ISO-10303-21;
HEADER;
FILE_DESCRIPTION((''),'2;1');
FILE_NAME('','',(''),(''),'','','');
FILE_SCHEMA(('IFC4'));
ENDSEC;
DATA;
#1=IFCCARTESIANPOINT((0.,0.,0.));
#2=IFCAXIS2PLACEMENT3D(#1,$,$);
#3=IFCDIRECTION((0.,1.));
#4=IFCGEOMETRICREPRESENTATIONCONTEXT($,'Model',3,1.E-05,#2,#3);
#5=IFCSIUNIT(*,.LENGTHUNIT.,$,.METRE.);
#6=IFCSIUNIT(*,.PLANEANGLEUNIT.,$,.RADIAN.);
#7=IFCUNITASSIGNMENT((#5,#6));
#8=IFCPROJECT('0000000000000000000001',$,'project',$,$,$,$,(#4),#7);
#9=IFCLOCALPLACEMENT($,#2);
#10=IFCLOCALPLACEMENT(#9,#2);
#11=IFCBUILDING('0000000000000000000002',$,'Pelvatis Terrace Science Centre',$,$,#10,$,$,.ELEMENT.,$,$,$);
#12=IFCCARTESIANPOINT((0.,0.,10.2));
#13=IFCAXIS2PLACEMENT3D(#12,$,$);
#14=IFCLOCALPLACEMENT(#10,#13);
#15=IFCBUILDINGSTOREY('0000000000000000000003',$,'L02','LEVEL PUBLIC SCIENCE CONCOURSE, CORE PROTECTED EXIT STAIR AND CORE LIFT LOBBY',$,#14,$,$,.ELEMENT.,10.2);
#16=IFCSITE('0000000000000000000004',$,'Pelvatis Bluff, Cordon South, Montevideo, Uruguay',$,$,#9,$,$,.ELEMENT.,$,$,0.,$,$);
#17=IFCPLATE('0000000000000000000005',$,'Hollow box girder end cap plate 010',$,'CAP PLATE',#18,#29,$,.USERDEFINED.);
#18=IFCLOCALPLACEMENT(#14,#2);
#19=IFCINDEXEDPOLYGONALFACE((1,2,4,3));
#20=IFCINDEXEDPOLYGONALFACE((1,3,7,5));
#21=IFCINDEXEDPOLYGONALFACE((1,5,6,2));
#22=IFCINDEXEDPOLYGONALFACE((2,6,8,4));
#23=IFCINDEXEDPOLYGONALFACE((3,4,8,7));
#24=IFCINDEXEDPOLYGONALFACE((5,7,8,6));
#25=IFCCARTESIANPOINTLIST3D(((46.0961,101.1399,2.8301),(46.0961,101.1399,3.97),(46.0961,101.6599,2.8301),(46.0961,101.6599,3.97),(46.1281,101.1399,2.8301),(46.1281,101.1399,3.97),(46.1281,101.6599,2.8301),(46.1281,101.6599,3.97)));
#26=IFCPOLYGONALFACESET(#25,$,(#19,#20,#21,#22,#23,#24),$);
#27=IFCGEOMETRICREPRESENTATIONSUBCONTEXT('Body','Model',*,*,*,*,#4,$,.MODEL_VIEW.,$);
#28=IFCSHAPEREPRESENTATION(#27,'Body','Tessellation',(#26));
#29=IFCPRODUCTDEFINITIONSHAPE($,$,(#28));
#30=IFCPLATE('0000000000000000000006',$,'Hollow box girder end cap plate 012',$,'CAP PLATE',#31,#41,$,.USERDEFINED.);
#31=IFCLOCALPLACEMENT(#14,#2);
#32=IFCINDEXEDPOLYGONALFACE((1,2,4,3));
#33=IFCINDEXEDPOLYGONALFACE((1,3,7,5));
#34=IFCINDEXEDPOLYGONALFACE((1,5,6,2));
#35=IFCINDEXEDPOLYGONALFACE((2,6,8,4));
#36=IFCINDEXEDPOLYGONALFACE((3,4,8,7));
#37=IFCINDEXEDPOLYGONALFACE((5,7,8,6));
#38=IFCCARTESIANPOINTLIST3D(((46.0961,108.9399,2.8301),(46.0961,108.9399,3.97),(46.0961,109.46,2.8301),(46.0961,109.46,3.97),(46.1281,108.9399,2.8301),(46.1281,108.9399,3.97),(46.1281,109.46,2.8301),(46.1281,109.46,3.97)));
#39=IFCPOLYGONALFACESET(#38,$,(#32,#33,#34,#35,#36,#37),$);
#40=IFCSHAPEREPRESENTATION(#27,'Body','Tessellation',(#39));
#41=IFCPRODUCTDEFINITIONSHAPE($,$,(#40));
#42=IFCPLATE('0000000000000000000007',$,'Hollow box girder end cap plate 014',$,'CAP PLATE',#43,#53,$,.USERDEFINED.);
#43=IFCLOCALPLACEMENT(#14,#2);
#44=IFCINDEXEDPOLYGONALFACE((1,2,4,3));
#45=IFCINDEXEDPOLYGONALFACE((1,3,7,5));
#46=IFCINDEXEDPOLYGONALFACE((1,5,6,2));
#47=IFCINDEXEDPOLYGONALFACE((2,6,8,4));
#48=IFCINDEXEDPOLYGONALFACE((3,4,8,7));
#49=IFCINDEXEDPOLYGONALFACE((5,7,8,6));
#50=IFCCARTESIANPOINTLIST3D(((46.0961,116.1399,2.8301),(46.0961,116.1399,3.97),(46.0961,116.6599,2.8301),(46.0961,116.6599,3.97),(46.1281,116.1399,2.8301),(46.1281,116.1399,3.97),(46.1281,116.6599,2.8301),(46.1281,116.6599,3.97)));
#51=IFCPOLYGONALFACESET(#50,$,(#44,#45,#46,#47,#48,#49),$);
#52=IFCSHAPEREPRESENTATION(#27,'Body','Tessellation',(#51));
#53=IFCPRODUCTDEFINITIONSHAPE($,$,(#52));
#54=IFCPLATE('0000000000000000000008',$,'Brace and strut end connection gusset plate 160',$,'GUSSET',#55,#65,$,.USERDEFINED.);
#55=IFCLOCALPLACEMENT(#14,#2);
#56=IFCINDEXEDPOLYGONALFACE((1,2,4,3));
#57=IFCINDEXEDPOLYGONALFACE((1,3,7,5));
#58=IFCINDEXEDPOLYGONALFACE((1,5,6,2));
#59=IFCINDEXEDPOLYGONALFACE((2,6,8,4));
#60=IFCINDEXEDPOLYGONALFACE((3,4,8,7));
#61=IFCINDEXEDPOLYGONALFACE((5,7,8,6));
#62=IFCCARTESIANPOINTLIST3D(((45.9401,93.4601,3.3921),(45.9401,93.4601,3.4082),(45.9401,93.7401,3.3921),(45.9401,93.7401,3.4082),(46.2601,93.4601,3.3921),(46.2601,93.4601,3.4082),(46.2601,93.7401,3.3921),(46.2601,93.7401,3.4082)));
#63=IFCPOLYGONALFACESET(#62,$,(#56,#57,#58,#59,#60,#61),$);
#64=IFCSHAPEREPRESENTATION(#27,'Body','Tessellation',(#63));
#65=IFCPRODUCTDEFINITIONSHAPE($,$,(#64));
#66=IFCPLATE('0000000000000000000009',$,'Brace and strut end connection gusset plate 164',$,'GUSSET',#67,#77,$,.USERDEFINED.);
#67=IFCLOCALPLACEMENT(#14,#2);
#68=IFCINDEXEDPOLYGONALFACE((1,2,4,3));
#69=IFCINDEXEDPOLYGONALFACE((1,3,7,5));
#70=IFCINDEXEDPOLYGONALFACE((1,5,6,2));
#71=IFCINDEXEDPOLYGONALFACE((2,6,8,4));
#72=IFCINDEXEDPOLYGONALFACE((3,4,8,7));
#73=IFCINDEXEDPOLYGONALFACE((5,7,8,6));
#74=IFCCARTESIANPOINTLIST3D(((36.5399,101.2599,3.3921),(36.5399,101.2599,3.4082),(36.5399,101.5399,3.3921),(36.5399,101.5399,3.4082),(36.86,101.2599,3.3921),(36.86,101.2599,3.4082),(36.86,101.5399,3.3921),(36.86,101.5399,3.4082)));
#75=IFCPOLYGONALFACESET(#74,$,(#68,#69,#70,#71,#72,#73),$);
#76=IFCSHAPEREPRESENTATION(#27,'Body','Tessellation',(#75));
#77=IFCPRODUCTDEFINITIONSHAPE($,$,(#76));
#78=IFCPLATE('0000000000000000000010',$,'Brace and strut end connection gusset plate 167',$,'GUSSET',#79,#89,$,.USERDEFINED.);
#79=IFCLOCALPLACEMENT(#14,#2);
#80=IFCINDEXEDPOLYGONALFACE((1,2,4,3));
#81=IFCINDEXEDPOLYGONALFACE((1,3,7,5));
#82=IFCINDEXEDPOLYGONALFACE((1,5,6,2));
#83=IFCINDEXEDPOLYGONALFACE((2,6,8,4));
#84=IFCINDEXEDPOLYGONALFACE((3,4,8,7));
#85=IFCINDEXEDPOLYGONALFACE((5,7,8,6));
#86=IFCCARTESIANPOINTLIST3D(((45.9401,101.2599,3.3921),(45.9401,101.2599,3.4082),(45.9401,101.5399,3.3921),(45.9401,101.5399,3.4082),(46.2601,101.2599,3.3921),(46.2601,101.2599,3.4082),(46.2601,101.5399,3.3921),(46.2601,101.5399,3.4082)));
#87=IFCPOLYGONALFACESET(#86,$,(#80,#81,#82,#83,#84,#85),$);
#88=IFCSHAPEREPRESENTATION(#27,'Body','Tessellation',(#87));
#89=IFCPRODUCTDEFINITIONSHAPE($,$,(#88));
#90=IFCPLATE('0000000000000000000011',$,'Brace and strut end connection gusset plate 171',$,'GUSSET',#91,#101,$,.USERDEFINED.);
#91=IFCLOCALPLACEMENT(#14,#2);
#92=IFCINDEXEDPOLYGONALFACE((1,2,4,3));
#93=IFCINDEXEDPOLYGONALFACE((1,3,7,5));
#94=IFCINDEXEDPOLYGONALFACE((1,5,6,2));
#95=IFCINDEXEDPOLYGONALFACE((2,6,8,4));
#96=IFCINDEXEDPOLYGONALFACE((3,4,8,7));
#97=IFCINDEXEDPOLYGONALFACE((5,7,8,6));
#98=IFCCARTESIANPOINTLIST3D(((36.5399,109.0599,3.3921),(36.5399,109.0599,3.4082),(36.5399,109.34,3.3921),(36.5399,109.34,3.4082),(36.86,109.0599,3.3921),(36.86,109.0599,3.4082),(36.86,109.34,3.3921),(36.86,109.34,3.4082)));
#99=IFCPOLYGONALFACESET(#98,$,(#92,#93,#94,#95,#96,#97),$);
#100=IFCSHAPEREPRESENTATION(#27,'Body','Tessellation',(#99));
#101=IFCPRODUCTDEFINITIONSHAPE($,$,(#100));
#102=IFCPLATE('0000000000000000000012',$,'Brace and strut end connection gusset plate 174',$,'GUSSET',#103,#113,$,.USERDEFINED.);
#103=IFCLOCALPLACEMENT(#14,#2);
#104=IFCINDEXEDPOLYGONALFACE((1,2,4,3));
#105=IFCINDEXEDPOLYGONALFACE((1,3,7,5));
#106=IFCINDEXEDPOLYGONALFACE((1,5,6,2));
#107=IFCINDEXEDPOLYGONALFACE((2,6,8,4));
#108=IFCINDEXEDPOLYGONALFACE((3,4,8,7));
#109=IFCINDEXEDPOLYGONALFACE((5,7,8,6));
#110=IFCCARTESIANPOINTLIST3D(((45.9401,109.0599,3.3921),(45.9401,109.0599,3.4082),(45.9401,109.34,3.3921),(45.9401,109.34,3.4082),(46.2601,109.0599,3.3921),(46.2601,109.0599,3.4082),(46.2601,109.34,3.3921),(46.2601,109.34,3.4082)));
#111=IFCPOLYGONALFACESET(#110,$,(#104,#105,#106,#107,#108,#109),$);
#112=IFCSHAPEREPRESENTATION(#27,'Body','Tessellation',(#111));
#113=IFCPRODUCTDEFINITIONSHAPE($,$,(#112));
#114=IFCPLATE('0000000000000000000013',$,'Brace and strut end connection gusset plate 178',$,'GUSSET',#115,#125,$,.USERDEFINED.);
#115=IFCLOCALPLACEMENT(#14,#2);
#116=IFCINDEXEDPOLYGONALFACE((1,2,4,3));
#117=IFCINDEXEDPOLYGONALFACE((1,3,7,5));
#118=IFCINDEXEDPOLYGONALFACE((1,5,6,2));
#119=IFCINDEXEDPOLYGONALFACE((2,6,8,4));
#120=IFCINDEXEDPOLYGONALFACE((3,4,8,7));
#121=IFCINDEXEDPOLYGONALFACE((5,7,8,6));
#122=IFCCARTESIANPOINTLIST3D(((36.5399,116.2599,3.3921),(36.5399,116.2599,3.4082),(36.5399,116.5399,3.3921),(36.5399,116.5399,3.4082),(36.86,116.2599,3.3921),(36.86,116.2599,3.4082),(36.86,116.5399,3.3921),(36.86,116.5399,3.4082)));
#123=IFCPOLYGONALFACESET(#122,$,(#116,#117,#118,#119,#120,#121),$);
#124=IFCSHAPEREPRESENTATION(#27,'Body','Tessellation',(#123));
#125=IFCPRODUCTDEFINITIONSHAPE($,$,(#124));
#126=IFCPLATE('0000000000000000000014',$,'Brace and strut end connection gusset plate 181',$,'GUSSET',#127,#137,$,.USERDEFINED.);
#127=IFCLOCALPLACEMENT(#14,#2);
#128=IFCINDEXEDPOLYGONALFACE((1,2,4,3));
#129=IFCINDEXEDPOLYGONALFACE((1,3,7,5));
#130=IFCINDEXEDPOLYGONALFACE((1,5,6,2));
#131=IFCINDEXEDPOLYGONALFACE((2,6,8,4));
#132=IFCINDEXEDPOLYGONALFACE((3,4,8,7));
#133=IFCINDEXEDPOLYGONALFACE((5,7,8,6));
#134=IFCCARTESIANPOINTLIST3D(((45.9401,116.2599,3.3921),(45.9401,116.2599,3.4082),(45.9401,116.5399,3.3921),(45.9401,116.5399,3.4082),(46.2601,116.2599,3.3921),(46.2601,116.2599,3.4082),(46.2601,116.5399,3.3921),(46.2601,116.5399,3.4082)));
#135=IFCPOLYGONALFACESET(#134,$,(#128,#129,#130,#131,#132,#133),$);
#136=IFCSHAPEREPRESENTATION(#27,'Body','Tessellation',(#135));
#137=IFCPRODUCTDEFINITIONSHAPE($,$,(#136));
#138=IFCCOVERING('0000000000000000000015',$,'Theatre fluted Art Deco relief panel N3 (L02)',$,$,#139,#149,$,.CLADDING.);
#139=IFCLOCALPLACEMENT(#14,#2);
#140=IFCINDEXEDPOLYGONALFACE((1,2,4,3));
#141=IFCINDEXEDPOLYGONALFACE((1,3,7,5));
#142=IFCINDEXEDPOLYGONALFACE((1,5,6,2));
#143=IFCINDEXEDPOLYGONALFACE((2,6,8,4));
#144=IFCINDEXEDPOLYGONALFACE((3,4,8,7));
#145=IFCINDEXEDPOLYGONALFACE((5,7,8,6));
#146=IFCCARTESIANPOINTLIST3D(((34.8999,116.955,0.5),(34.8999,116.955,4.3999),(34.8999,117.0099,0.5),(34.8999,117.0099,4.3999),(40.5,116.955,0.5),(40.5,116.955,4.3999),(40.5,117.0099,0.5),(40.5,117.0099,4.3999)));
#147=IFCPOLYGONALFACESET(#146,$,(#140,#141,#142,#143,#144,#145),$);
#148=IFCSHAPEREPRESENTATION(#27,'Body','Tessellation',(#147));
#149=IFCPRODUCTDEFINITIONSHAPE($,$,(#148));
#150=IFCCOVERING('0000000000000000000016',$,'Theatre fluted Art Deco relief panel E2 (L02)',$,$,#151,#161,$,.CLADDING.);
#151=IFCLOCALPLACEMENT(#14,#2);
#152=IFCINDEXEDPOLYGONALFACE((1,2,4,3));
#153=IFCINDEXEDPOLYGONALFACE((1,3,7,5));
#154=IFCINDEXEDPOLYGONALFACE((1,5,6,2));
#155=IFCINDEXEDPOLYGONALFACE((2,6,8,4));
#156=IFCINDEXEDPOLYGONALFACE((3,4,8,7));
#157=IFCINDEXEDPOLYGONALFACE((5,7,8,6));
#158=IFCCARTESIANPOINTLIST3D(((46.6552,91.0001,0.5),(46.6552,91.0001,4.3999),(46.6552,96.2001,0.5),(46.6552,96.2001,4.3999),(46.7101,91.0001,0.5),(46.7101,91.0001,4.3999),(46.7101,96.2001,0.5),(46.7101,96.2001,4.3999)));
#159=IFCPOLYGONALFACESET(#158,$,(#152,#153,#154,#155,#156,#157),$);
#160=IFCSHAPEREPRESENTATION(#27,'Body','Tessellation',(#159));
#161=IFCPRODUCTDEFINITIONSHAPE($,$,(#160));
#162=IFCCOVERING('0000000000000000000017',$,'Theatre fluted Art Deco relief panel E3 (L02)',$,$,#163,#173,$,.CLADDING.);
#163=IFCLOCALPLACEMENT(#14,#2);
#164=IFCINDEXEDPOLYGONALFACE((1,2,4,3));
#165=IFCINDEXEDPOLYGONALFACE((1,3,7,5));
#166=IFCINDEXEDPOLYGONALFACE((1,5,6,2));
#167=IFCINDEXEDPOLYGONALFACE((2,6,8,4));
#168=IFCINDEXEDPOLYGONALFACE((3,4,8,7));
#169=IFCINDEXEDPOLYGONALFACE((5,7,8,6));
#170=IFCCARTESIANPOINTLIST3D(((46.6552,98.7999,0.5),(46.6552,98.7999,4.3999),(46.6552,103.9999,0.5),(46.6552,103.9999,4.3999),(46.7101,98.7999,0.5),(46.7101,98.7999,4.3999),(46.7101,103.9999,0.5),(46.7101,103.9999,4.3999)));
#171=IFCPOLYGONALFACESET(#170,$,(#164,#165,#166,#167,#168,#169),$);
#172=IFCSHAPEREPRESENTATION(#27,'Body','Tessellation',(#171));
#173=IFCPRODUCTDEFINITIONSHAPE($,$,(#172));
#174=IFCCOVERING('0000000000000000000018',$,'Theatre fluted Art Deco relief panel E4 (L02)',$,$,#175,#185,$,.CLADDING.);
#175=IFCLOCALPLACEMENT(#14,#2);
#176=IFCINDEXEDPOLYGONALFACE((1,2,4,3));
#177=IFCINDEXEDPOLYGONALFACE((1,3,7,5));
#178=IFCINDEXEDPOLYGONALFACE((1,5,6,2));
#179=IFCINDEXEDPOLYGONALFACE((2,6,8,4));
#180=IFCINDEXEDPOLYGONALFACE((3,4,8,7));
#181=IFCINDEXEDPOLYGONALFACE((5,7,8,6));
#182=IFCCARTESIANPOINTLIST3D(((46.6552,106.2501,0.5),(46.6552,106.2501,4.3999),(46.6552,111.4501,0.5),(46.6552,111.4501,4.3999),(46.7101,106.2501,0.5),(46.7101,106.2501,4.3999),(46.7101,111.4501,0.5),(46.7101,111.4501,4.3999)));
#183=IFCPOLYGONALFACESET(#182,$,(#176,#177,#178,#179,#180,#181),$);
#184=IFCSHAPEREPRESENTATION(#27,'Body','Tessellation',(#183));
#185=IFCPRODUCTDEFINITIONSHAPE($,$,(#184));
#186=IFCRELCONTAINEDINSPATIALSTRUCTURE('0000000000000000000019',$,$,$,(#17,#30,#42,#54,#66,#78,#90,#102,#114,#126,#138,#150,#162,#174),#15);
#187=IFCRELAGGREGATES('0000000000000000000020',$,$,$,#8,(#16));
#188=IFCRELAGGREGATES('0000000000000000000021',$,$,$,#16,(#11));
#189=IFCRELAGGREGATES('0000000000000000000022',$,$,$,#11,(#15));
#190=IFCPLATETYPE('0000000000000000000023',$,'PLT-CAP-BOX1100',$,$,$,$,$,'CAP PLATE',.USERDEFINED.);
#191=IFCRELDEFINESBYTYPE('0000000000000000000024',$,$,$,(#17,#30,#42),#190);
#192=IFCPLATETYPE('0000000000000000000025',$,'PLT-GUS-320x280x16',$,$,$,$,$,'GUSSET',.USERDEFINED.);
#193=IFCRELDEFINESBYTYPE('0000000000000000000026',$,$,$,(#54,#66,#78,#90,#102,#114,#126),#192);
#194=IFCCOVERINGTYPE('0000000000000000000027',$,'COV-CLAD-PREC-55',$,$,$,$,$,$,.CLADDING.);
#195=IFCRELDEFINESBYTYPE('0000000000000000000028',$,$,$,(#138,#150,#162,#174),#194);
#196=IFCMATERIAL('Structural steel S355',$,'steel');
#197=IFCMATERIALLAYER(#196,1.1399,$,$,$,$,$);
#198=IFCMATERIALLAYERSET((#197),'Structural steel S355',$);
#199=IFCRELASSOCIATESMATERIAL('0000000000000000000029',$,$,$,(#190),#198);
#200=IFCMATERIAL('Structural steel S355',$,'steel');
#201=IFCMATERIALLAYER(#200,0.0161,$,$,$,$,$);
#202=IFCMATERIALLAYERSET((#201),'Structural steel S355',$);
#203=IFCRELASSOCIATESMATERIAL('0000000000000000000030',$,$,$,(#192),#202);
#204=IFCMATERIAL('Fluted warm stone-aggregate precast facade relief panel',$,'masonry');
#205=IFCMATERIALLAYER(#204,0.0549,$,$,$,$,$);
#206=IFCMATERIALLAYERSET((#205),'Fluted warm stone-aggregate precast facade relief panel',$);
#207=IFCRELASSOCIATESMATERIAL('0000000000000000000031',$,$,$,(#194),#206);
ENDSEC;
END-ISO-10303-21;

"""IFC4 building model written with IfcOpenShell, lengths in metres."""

from ifc_helpers import new_model, si_unit, direction, frame, origin, origin_2d, place, context, subcontext, project, spatial, rectangle, extrude, material, layer, layer_set, type_object, element, save


model = new_model("IFC4")

# Units and contexts
model_context = context("Model", 3, precision=1e-05, world=origin(), true_north=direction((0.0, 1.0)))
body_context = subcontext(model_context, "Body", "Model", "MODEL_VIEW")
ifc_project = project(units=[si_unit("LENGTHUNIT", "METRE"), si_unit("PLANEANGLEUNIT", "RADIAN")], contexts=[model_context])

# Site, building, storey
site_placement = place(None, origin())
site = spatial("IfcSite", under=ifc_project, at=site_placement, Name="Pelvatis Bluff, Cordon South, Montevideo, Uruguay", CompositionType="ELEMENT", RefElevation=0.0)
building_placement = place(site_placement, origin())
building = spatial("IfcBuilding", under=site, at=building_placement, Name="Pelvatis Terrace Science Centre", CompositionType="ELEMENT")
storey_placement = place(building_placement, frame((0.0, 0.0, 10.2)))
storey = spatial("IfcBuildingStorey", under=building, at=storey_placement, Name="L02", Description="LEVEL PUBLIC SCIENCE CONCOURSE, CORE PROTECTED EXIT STAIR AND CORE LIFT LOBBY", CompositionType="ELEMENT", Elevation=10.2)

# Plates
ifc_material_1 = material(Name="Structural steel S355", Category="steel")
ifc_layer_1 = layer(ifc_material_1, 1.1399)
ifc_layer_set_1 = layer_set([ifc_layer_1], Name="Structural steel S355")
plate_type_1 = type_object("IfcPlateType", Name="PLT-CAP-BOX1100", ElementType="CAP PLATE", PredefinedType="USERDEFINED", material=ifc_layer_set_1)
for number, where, z_axis, x_axis, name in (
    (1, (46.1121, 101.3999, 2.8301), (0.0, 0.0, 1.0), (1.0, 0.0, 0.0), "Hollow box girder end cap plate 010"),
    (2, (46.1121, 109.2, 2.8301), (0.0, 0.0, 1.0), (1.0, 0.0, 0.0), "Hollow box girder end cap plate 012"),
    (3, (46.1121, 116.3999, 2.8301), (0.0, 0.0, 1.0), (1.0, 0.0, 0.0), "Hollow box girder end cap plate 014"),
):
    element("IfcPlate", number, at=place(storey_placement, frame(where, z_axis=z_axis, x_axis=x_axis)), inside=storey, type_object=plate_type_1, Name=name, ObjectType="CAP PLATE", PredefinedType="USERDEFINED", context=body_context, shape_type="SweptSolid", body=[
        extrude(rectangle(XDim=0.032, YDim=0.52, at=origin_2d()), origin(), (0.0, 0.0, 1.0), 1.1399),
    ])
ifc_material_2 = material(Name="Structural steel S355", Category="steel")
ifc_layer_2 = layer(ifc_material_2, 0.0161)
ifc_layer_set_2 = layer_set([ifc_layer_2], Name="Structural steel S355")
plate_type_2 = type_object("IfcPlateType", Name="PLT-GUS-320x280x16", ElementType="GUSSET", PredefinedType="USERDEFINED", material=ifc_layer_set_2)
for number, where, z_axis, x_axis, name in (
    (4, (46.1001, 93.6001, 3.3921), (0.0, 0.0, 1.0), (1.0, 0.0, 0.0), "Brace and strut end connection gusset plate 160"),
    (5, (36.7, 101.3999, 3.3921), (0.0, 0.0, 1.0), (1.0, 0.0, 0.0), "Brace and strut end connection gusset plate 164"),
    (6, (46.1001, 101.3999, 3.3921), (0.0, 0.0, 1.0), (1.0, 0.0, 0.0), "Brace and strut end connection gusset plate 167"),
    (7, (36.7, 109.2, 3.3921), (0.0, 0.0, 1.0), (1.0, 0.0, 0.0), "Brace and strut end connection gusset plate 171"),
    (8, (46.1001, 109.2, 3.3921), (0.0, 0.0, 1.0), (1.0, 0.0, 0.0), "Brace and strut end connection gusset plate 174"),
    (9, (36.7, 116.3999, 3.3921), (0.0, 0.0, 1.0), (1.0, 0.0, 0.0), "Brace and strut end connection gusset plate 178"),
    (10, (46.1001, 116.3999, 3.3921), (0.0, 0.0, 1.0), (1.0, 0.0, 0.0), "Brace and strut end connection gusset plate 181"),
):
    element("IfcPlate", number, at=place(storey_placement, frame(where, z_axis=z_axis, x_axis=x_axis)), inside=storey, type_object=plate_type_2, Name=name, ObjectType="GUSSET", PredefinedType="USERDEFINED", context=body_context, shape_type="SweptSolid", body=[
        extrude(rectangle(XDim=0.3201, YDim=0.28, at=origin_2d()), origin(), (0.0, 0.0, 1.0), 0.0161),
    ])

# Coverings
ifc_material_3 = material(Name="Fluted warm stone-aggregate precast facade relief panel", Category="masonry")
ifc_layer_3 = layer(ifc_material_3, 0.0549)
ifc_layer_set_3 = layer_set([ifc_layer_3], Name="Fluted warm stone-aggregate precast facade relief panel")
covering_type = type_object("IfcCoveringType", Name="COV-CLAD-PREC-55", PredefinedType="CLADDING", material=ifc_layer_set_3)
covering_placement = place(storey_placement, frame((37.7, 116.9824, 0.5), z_axis=(0.0, 0.0, 1.0), x_axis=(1.0, 0.0, 0.0)))
element("IfcCovering", 11, at=covering_placement, inside=storey, type_object=covering_type, Name="Theatre fluted Art Deco relief panel N3 (L02)", PredefinedType="CLADDING", context=body_context, shape_type="SweptSolid", body=[
    extrude(rectangle(XDim=5.6001, YDim=0.0549, at=origin_2d()), origin(), (0.0, 0.0, 1.0), 3.8999),
])
for number, where, z_axis, x_axis, name in (
    (12, (46.6826, 93.6001, 0.5), (0.0, 0.0, 1.0), (1.0, 0.0, 0.0), "Theatre fluted Art Deco relief panel E2 (L02)"),
    (13, (46.6826, 101.3999, 0.5), (0.0, 0.0, 1.0), (1.0, 0.0, 0.0), "Theatre fluted Art Deco relief panel E3 (L02)"),
    (14, (46.6826, 108.8501, 0.5), (0.0, 0.0, 1.0), (1.0, 0.0, 0.0), "Theatre fluted Art Deco relief panel E4 (L02)"),
):
    element("IfcCovering", number, at=place(storey_placement, frame(where, z_axis=z_axis, x_axis=x_axis)), inside=storey, type_object=covering_type, Name=name, PredefinedType="CLADDING", context=body_context, shape_type="SweptSolid", body=[
        extrude(rectangle(XDim=0.0549, YDim=5.2, at=origin_2d()), origin(), (0.0, 0.0, 1.0), 3.8999),
    ])

save(model, "model.ifc")
